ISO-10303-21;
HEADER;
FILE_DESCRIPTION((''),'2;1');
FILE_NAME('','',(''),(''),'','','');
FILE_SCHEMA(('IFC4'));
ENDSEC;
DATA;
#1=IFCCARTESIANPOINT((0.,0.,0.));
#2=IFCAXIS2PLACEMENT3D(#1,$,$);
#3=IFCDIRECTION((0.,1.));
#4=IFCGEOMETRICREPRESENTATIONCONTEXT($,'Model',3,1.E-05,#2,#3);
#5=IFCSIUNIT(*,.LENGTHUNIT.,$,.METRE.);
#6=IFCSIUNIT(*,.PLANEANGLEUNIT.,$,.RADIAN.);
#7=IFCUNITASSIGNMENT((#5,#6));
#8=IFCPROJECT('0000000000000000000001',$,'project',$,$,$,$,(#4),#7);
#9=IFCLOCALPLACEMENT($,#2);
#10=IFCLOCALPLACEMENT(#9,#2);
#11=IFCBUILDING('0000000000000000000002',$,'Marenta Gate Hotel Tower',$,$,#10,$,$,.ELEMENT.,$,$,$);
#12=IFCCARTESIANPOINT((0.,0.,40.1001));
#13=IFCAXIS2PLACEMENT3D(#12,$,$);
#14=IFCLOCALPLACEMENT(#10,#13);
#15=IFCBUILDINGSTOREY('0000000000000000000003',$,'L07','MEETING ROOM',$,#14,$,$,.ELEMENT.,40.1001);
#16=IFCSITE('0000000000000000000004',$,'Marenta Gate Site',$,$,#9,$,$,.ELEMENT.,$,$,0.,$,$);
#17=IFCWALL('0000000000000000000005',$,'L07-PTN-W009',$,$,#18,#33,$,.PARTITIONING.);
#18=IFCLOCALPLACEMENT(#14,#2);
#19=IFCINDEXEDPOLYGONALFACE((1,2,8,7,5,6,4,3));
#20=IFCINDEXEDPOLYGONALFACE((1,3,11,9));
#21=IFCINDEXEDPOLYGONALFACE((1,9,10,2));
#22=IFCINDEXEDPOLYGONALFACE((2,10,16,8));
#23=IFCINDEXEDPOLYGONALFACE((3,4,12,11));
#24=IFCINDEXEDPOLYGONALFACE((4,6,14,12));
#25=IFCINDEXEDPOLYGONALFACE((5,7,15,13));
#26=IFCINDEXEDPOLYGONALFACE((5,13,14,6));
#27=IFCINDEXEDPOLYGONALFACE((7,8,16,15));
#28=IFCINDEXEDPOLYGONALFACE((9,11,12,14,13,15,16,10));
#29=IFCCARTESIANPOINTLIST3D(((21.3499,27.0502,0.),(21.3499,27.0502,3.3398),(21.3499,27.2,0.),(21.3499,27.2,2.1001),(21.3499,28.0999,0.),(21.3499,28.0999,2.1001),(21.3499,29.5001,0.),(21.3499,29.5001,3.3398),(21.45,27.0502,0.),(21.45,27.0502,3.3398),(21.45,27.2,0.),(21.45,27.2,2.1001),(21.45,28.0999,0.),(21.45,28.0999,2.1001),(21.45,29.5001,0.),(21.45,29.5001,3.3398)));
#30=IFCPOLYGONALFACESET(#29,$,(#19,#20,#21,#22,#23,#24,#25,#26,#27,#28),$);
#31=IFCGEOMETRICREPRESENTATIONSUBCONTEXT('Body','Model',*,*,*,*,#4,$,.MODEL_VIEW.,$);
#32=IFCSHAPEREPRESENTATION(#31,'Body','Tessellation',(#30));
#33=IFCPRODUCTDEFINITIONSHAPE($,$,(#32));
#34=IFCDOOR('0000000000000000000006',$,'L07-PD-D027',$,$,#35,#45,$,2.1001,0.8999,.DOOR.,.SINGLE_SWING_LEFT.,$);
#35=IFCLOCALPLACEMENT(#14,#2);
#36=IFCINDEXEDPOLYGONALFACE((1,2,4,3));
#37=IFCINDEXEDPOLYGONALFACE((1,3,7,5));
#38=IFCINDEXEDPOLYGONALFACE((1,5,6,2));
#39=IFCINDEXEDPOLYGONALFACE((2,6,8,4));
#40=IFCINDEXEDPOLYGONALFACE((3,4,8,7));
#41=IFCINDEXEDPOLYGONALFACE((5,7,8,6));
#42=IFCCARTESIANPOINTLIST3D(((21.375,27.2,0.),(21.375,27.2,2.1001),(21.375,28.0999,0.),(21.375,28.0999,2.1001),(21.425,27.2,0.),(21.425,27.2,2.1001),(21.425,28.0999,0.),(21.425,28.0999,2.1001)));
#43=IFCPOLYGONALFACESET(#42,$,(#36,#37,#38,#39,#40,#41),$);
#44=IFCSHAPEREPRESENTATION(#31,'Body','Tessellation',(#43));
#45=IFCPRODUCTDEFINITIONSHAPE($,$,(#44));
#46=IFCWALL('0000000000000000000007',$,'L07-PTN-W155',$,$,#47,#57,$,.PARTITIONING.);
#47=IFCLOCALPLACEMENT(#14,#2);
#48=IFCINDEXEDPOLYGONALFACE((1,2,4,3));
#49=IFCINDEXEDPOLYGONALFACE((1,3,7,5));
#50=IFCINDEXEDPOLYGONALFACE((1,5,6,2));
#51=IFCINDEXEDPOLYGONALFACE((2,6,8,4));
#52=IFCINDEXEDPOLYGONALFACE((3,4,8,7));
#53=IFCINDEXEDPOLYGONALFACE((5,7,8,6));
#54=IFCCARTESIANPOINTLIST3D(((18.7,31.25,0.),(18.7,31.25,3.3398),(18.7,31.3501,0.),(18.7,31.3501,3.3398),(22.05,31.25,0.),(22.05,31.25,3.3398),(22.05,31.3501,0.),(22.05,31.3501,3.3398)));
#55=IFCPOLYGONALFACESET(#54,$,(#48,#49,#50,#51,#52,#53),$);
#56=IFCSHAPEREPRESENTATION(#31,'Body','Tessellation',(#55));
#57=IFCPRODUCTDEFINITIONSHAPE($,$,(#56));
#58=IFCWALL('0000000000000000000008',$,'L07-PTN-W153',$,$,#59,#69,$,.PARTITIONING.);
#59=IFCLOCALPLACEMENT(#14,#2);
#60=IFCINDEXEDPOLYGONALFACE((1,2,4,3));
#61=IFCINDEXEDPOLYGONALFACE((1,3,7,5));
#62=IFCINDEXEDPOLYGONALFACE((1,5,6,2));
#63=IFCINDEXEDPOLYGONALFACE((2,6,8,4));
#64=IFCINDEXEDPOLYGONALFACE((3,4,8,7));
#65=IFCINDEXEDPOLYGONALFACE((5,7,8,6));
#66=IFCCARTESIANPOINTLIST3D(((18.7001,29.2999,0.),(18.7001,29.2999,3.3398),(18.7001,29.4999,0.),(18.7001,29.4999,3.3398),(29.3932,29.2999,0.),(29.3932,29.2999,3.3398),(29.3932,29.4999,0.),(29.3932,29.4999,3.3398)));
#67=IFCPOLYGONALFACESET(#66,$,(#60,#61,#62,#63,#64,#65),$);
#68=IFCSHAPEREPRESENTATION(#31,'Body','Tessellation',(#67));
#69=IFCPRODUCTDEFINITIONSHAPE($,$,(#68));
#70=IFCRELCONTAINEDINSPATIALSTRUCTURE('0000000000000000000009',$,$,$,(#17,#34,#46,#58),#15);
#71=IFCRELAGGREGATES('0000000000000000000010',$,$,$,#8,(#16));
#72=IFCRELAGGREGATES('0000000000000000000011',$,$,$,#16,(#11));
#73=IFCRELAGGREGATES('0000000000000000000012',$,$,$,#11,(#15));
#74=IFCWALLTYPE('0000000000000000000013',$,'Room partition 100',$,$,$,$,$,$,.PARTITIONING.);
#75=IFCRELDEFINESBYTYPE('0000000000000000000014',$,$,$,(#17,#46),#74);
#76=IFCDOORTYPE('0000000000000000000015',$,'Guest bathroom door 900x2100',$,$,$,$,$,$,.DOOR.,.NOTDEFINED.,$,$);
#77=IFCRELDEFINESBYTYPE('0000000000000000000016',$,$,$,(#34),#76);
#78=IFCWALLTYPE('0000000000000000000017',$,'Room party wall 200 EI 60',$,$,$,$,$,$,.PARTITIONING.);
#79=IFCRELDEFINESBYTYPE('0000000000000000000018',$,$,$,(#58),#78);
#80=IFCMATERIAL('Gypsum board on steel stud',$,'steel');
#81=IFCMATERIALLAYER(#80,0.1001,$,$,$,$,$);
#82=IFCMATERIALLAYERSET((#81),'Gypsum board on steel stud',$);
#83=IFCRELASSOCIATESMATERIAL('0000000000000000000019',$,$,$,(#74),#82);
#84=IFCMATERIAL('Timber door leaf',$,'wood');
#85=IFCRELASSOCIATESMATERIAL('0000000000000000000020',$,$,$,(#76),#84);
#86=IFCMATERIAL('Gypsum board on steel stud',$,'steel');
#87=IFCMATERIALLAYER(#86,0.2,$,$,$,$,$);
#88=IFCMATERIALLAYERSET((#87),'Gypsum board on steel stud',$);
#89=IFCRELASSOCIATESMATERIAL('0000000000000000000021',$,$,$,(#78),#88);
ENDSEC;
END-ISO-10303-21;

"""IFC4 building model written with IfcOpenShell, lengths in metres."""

from ifc_helpers import new_model, si_unit, direction, frame, frame_2d, origin, place, context, subcontext, project, spatial, rectangle, extrude, material, layer, layer_set, type_object, element, fill, save


model = new_model("IFC4")

# Units and contexts
model_context = context("Model", 3, precision=1e-05, world=origin(), true_north=direction((0.0, 1.0)))
body_context = subcontext(model_context, "Body", "Model", "MODEL_VIEW")
ifc_project = project(units=[si_unit("LENGTHUNIT", "METRE"), si_unit("PLANEANGLEUNIT", "RADIAN")], contexts=[model_context])

# Site, building, storey
site_placement = place(None, origin())
site = spatial("IfcSite", under=ifc_project, at=site_placement, Name="Marenta Gate Site", CompositionType="ELEMENT", RefElevation=0.0)
building_placement = place(site_placement, origin())
building = spatial("IfcBuilding", under=site, at=building_placement, Name="Marenta Gate Hotel Tower", CompositionType="ELEMENT")
storey_placement = place(building_placement, frame((0.0, 0.0, 40.1001)))
storey = spatial("IfcBuildingStorey", under=building, at=storey_placement, Name="L07", Description="MEETING ROOM", CompositionType="ELEMENT", Elevation=40.1001)

# Wall, opening, door
ifc_material_1 = material(Name="Gypsum board on steel stud", Category="steel")
ifc_layer_1 = layer(ifc_material_1, 0.1001)
ifc_layer_set_1 = layer_set([ifc_layer_1], Name="Gypsum board on steel stud")
wall_type_1 = type_object("IfcWallType", Name="Room partition 100", PredefinedType="PARTITIONING", material=ifc_layer_set_1)
ifc_material_2 = material(Name="Timber door leaf", Category="wood")
door_type = type_object("IfcDoorType", Name="Guest bathroom door 900x2100", OperationType="NOTDEFINED", PredefinedType="DOOR", material=ifc_material_2)
wall_1_placement = place(storey_placement, frame((21.3999, 27.05, 0.0), z_axis=(0.0, 0.0, 1.0), x_axis=(0.0, 1.0, 0.0)))
wall_1 = element("IfcWall", 1, at=wall_1_placement, inside=storey, type_object=wall_type_1, Name="L07-PTN-W009", PredefinedType="PARTITIONING", context=body_context, shape_type="SweptSolid", body=[
    extrude(rectangle(XDim=2.45, YDim=0.1001, at=frame_2d((1.2251, 0.0))), origin(), (0.0, 0.0, 1.0), 3.3398),
])
opening_1_placement = place(wall_1_placement, frame((0.1499, 0.0, 0.0)))
opening_1 = element("IfcOpeningElement", 2, at=opening_1_placement, cuts=wall_1, PredefinedType="OPENING", context=body_context, shape_type="SweptSolid", body=[
    extrude(rectangle(XDim=0.8999, YDim=2.1001, at=frame_2d((0.45, 1.05))), frame((0.0, 0.05, 0.0), z_axis=(0.0, -1.0, 0.0), x_axis=(1.0, 0.0, 0.0)), (0.0, 0.0, 1.0), 0.1001),
])
door_1_placement = place(opening_1_placement, origin())
door_1 = element("IfcDoor", 3, at=door_1_placement, inside=storey, type_object=door_type, Name="L07-PD-D027", OperationType="SINGLE_SWING_LEFT", OverallHeight=2.1001, OverallWidth=0.8999, PredefinedType="DOOR", context=body_context, shape_type="SweptSolid", body=[
    extrude(rectangle(XDim=0.8999, YDim=2.1001, at=frame_2d((0.45, 1.05))), frame((0.0, 0.0249, 0.0), z_axis=(0.0, -1.0, 0.0), x_axis=(1.0, 0.0, 0.0)), (0.0, 0.0, 1.0), 0.05),
])
fill(opening_1, door_1)

# Walls
wall_2_placement = place(storey_placement, frame((18.7, 31.3, 0.0), z_axis=(0.0, 0.0, 1.0), x_axis=(1.0, 0.0, 0.0)))
element("IfcWall", 4, at=wall_2_placement, inside=storey, type_object=wall_type_1, Name="L07-PTN-W155", PredefinedType="PARTITIONING", context=body_context, shape_type="SweptSolid", body=[
    extrude(rectangle(XDim=3.3501, YDim=0.1001, at=frame_2d((1.675, 0.0))), origin(), (0.0, 0.0, 1.0), 3.3398),
])
ifc_material_3 = material(Name="Gypsum board on steel stud", Category="steel")
ifc_layer_2 = layer(ifc_material_3, 0.2)
ifc_layer_set_2 = layer_set([ifc_layer_2], Name="Gypsum board on steel stud")
wall_type_2 = type_object("IfcWallType", Name="Room party wall 200 EI 60", PredefinedType="PARTITIONING", material=ifc_layer_set_2)
wall_3_placement = place(storey_placement, frame((18.7, 29.3999, 0.0), z_axis=(0.0, 0.0, 1.0), x_axis=(1.0, 0.0, 0.0)))
element("IfcWall", 5, at=wall_3_placement, inside=storey, type_object=wall_type_2, Name="L07-PTN-W153", PredefinedType="PARTITIONING", context=body_context, shape_type="SweptSolid", body=[
    extrude(rectangle(XDim=10.6931, YDim=0.2, at=frame_2d((5.3467, 0.0))), origin(), (0.0, 0.0, 1.0), 3.3398),
])

save(model, "model.ifc")
